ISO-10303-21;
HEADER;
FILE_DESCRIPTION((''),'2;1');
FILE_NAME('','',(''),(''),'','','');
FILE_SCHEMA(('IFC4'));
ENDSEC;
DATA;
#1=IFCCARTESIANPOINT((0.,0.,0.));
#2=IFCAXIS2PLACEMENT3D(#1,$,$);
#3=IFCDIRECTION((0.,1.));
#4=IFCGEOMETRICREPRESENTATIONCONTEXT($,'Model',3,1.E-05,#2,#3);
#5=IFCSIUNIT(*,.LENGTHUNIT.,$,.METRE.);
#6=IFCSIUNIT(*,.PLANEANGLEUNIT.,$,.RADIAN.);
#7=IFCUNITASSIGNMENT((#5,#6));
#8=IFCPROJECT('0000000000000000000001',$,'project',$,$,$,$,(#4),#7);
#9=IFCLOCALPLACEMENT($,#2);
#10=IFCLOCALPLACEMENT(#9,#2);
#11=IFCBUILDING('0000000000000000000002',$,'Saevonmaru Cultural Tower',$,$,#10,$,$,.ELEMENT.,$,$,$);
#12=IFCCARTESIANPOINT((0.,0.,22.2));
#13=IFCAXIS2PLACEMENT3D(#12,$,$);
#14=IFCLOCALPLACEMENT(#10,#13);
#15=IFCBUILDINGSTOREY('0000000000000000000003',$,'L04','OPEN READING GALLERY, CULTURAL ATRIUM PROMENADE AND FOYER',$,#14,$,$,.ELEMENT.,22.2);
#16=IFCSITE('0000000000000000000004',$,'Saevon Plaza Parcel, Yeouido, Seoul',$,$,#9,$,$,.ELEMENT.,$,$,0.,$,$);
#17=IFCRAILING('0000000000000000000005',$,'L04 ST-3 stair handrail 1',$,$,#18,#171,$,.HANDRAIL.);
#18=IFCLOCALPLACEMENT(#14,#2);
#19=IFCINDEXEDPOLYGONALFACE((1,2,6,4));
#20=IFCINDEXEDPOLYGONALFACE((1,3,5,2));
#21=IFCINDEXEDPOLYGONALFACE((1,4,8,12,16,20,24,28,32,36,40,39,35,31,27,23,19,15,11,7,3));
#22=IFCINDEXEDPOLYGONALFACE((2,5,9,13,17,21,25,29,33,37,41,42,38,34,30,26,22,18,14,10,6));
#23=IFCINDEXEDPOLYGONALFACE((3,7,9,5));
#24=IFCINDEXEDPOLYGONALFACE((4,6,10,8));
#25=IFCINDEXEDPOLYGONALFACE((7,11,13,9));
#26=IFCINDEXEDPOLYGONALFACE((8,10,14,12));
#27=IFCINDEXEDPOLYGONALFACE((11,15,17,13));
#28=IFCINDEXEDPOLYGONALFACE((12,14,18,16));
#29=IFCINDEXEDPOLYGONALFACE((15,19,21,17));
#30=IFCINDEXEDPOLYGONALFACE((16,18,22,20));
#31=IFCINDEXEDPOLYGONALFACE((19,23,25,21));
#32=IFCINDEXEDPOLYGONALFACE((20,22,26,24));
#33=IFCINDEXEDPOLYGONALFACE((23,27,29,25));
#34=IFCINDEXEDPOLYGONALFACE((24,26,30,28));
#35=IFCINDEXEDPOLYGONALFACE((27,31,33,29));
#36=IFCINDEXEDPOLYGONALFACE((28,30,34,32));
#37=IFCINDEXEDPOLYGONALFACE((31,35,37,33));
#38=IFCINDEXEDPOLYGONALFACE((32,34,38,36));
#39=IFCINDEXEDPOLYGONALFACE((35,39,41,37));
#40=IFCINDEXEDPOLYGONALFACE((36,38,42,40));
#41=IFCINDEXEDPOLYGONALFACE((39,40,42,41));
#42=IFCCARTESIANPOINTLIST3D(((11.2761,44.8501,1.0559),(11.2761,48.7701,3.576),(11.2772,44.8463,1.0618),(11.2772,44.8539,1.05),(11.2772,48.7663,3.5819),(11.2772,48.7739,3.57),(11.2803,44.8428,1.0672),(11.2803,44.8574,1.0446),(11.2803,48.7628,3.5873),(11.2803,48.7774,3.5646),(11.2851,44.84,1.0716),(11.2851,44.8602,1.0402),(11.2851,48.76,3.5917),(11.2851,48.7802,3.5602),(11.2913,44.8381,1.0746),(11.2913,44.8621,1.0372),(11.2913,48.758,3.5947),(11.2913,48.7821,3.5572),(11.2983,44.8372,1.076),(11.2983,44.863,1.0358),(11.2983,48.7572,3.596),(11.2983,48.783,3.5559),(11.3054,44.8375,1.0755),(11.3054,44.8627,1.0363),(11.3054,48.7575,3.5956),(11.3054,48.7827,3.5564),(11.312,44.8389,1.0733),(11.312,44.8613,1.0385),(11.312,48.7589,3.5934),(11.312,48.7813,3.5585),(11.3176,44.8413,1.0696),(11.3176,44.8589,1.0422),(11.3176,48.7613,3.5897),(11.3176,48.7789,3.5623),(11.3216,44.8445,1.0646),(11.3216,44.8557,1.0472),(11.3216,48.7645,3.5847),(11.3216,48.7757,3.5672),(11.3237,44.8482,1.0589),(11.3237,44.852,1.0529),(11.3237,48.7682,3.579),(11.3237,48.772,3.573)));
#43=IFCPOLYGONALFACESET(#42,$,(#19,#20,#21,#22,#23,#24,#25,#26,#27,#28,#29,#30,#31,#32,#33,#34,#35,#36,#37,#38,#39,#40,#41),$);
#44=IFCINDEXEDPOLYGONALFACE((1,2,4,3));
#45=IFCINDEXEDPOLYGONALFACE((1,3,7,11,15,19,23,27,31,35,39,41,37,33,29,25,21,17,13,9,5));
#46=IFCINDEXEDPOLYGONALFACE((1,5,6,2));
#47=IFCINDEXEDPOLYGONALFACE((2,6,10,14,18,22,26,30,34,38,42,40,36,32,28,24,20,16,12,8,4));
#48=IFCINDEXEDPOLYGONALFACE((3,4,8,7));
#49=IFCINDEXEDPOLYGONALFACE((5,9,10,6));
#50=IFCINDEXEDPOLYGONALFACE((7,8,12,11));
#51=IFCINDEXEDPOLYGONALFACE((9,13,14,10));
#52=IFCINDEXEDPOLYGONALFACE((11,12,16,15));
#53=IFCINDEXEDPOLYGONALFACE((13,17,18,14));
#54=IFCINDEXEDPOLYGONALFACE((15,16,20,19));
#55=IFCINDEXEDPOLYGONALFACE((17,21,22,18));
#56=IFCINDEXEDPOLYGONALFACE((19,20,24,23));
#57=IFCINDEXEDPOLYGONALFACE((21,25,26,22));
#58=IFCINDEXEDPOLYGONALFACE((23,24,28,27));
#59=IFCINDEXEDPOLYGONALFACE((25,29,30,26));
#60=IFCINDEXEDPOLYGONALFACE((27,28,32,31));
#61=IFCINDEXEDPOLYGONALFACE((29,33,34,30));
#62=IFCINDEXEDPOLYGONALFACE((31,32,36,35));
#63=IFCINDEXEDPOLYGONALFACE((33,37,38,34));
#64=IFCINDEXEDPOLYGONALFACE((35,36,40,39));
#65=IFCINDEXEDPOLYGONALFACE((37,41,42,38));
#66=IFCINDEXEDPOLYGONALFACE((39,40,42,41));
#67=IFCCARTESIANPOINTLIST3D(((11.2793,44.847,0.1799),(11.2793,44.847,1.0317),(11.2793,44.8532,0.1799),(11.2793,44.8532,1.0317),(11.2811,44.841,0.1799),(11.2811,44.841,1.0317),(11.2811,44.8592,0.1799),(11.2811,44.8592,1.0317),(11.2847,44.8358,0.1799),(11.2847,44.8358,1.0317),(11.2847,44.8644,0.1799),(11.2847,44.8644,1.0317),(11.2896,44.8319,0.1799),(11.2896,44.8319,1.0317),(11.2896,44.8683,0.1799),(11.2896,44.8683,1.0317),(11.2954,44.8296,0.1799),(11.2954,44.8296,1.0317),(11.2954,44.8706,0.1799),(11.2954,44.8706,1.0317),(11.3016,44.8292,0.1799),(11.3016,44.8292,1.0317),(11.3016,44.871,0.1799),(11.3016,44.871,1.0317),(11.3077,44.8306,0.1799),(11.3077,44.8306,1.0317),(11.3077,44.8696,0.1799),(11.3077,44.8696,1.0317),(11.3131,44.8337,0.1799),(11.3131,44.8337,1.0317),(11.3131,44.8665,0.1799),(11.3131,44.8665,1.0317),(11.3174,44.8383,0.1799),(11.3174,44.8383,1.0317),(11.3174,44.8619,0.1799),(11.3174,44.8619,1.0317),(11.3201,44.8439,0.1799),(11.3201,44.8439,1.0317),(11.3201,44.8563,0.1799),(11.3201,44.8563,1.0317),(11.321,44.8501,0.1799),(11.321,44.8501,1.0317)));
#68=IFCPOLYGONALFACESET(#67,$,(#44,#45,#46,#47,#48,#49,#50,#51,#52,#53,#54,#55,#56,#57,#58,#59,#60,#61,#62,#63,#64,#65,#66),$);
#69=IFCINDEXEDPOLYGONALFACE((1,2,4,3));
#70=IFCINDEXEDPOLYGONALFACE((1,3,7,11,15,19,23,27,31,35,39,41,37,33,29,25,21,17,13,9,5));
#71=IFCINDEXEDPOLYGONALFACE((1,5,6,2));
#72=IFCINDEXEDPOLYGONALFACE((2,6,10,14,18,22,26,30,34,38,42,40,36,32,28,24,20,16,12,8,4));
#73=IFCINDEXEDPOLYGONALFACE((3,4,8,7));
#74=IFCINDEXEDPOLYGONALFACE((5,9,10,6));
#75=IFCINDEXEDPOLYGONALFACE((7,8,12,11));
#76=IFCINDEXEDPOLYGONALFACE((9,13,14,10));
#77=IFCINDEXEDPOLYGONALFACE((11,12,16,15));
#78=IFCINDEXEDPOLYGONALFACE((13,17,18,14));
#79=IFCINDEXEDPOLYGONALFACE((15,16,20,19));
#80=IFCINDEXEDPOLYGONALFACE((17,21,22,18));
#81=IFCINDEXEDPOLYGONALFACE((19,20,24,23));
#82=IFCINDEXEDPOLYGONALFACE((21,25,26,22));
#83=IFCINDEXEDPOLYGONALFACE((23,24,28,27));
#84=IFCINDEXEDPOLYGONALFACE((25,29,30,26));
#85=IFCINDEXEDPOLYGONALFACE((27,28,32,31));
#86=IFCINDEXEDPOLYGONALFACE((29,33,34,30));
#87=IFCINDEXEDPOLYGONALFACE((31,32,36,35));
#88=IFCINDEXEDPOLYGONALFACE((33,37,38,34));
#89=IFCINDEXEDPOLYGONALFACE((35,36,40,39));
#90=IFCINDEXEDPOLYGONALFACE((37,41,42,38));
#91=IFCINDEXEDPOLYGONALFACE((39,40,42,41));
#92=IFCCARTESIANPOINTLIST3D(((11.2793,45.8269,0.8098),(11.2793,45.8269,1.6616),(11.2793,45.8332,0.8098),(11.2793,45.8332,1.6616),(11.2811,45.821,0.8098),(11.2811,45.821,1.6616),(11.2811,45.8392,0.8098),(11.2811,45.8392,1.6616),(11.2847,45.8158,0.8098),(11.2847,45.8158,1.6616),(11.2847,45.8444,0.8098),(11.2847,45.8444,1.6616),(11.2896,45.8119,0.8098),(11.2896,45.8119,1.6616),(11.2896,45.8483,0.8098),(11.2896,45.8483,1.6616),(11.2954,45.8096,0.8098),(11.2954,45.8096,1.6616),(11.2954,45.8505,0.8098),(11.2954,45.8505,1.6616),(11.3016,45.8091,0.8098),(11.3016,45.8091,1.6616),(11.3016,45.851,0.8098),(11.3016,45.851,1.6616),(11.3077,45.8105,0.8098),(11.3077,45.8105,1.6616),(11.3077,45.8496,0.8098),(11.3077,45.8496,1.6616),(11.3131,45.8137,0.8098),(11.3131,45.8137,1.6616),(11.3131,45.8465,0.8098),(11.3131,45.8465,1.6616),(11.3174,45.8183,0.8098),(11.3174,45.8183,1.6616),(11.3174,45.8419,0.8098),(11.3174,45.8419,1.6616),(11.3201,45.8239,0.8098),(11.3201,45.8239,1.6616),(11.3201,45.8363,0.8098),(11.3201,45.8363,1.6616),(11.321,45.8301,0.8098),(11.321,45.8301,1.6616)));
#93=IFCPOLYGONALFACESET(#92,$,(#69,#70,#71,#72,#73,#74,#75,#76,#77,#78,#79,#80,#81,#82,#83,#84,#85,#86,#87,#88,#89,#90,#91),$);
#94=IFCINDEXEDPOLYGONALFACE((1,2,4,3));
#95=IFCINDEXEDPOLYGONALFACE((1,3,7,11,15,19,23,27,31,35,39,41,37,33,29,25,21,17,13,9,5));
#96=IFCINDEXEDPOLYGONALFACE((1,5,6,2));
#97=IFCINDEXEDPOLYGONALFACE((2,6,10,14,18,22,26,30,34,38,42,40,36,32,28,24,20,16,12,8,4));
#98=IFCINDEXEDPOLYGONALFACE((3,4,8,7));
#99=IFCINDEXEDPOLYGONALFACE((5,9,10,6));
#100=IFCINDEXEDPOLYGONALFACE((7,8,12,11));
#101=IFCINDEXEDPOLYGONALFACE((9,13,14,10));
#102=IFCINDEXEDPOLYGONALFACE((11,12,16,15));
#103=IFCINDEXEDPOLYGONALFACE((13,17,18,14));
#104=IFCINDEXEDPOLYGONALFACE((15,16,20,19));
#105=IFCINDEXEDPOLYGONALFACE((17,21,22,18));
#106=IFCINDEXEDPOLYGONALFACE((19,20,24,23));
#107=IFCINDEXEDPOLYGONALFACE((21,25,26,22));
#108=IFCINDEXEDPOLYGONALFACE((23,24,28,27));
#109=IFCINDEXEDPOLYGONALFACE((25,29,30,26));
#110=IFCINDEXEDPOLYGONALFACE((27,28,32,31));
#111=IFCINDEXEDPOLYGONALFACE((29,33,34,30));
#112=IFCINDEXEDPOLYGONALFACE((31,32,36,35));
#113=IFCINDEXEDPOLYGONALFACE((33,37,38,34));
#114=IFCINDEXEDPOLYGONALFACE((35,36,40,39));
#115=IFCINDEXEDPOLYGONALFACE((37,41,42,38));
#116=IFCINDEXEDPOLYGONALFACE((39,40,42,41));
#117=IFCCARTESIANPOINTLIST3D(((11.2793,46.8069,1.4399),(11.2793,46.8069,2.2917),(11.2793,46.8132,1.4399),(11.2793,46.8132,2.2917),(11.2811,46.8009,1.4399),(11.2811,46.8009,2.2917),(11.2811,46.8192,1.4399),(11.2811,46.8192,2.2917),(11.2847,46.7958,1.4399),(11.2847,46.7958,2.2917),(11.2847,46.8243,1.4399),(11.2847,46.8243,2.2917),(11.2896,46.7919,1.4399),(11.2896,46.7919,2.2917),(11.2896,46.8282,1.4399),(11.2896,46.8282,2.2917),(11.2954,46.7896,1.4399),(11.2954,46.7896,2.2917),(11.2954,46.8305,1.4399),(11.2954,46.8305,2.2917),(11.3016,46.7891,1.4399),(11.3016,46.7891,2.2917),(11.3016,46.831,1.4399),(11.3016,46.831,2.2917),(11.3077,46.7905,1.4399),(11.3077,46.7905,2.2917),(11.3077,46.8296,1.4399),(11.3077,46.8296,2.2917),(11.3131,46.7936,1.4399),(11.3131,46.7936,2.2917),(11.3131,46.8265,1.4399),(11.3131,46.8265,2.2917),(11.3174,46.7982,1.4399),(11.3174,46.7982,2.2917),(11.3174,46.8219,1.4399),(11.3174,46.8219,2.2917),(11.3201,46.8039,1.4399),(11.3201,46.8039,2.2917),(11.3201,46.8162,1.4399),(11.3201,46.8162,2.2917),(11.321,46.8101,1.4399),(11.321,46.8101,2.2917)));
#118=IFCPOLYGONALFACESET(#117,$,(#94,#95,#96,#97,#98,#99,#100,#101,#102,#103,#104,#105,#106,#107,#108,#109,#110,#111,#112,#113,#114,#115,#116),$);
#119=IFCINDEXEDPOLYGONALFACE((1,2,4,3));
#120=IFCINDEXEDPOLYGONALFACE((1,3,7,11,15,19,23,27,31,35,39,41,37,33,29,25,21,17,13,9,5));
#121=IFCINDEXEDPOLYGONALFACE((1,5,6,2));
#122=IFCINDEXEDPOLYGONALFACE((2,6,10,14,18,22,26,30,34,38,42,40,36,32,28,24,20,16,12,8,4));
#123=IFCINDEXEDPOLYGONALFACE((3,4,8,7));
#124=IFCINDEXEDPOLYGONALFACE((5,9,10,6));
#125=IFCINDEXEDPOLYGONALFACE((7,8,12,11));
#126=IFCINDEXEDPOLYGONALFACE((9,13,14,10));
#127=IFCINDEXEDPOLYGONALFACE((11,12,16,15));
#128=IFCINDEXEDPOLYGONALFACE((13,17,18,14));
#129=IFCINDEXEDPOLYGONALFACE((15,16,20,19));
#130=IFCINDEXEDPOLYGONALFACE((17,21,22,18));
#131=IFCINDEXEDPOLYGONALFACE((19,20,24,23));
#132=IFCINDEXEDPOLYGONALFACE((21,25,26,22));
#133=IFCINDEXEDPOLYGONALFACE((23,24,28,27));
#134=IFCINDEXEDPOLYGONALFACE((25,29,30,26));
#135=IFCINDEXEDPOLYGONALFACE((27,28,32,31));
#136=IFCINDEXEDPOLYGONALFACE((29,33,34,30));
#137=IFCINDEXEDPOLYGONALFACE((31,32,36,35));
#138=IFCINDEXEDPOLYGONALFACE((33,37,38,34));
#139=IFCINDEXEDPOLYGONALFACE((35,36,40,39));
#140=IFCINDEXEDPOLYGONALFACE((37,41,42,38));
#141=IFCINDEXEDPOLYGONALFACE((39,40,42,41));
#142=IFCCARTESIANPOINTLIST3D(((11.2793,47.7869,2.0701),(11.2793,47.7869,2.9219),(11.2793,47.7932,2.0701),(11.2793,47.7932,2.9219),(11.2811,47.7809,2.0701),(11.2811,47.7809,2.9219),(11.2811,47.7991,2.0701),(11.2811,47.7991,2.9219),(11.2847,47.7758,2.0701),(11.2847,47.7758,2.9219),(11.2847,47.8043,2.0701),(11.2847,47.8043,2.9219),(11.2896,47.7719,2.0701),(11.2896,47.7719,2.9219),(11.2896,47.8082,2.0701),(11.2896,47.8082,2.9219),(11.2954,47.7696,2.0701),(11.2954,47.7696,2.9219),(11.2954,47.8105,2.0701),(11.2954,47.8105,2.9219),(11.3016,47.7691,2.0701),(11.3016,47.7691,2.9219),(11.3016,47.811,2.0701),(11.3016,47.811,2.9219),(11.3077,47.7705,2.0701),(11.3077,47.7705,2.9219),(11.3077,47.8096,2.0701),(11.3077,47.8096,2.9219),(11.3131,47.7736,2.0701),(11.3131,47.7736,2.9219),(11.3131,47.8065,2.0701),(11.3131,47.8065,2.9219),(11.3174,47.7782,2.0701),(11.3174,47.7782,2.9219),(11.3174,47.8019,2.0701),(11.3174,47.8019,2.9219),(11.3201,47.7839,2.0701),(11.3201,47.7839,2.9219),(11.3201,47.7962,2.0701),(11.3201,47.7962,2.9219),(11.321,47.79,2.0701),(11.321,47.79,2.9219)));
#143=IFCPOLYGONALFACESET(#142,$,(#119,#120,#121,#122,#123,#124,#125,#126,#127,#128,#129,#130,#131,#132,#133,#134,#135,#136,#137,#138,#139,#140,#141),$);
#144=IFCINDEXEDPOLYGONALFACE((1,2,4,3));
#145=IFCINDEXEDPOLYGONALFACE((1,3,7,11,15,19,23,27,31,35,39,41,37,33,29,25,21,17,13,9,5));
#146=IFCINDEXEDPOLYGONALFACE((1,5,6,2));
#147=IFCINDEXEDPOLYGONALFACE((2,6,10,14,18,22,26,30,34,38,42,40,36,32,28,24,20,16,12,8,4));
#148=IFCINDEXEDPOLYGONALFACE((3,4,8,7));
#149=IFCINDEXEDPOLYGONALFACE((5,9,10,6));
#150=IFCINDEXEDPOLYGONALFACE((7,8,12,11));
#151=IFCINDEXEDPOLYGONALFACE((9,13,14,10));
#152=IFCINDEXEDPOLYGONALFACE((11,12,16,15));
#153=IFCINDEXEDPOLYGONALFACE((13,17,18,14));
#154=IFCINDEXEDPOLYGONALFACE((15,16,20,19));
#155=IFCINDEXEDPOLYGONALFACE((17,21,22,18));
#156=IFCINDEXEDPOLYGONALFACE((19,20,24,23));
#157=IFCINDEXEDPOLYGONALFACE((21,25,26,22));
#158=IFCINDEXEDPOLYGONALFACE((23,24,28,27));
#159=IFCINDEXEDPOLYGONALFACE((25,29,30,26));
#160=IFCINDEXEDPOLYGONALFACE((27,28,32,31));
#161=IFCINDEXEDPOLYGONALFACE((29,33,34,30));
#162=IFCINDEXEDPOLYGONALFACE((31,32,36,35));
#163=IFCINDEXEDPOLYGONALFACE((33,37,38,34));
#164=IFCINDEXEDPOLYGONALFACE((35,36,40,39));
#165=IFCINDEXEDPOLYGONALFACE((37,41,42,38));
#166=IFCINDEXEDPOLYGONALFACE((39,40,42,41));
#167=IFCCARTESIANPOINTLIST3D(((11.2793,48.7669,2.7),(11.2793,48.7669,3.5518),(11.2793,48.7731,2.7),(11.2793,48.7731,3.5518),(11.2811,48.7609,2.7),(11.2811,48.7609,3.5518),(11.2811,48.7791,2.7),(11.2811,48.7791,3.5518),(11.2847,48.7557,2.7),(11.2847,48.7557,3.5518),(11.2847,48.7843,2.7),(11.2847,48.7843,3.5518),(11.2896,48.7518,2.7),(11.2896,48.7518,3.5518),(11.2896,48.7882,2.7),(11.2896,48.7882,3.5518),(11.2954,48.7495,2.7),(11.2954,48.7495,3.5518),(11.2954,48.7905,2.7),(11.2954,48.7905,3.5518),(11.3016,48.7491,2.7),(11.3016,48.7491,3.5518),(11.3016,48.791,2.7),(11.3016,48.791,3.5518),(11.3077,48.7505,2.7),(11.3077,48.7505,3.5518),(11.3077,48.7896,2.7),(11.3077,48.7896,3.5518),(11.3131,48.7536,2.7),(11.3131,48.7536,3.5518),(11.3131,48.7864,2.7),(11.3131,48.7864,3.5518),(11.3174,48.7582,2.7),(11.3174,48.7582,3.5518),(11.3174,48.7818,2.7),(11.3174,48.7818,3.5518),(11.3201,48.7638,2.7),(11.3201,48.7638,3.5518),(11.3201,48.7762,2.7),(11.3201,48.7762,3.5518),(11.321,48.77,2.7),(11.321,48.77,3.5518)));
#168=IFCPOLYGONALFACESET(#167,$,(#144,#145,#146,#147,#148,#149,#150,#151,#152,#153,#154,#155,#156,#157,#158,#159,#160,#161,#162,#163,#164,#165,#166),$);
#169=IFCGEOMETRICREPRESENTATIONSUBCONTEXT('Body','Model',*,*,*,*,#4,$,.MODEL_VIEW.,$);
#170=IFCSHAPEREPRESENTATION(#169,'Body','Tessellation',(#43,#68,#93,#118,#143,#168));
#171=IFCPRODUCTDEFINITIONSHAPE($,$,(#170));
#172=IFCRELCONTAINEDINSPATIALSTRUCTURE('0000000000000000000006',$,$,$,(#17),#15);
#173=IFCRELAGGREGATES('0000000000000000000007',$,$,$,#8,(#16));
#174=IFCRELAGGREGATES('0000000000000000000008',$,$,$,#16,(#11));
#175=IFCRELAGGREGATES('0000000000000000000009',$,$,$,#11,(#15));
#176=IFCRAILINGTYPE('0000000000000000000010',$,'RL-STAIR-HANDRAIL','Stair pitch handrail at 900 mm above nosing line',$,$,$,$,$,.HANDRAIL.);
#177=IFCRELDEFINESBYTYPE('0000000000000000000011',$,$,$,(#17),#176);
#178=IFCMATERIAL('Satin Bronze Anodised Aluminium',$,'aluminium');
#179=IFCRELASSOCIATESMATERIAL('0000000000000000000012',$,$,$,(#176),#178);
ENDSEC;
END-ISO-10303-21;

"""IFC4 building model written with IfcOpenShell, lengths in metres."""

from ifc_helpers import new_model, si_unit, direction, frame, origin, origin_2d, place, context, subcontext, project, spatial, circle, extrude, material, type_object, element, save


model = new_model("IFC4")

# Units and contexts
model_context = context("Model", 3, precision=1e-05, world=origin(), true_north=direction((0.0, 1.0)))
body_context = subcontext(model_context, "Body", "Model", "MODEL_VIEW")
ifc_project = project(units=[si_unit("LENGTHUNIT", "METRE"), si_unit("PLANEANGLEUNIT", "RADIAN")], contexts=[model_context])

# Site, building, storey
site_placement = place(None, origin())
site = spatial("IfcSite", under=ifc_project, at=site_placement, Name="Saevon Plaza Parcel, Yeouido, Seoul", CompositionType="ELEMENT", RefElevation=0.0)
building_placement = place(site_placement, origin())
building = spatial("IfcBuilding", under=site, at=building_placement, Name="Saevonmaru Cultural Tower", CompositionType="ELEMENT")
storey_placement = place(building_placement, frame((0.0, 0.0, 22.2)))
storey = spatial("IfcBuildingStorey", under=building, at=storey_placement, Name="L04", Description="OPEN READING GALLERY, CULTURAL ATRIUM PROMENADE AND FOYER", CompositionType="ELEMENT", Elevation=22.2)

# Shared definitions
ifc_material_1 = material(Name="Satin Bronze Anodised Aluminium", Category="aluminium")

# Railing
railing_type_1 = type_object("IfcRailingType", Name="RL-STAIR-HANDRAIL", Description="Stair pitch handrail at 900 mm above nosing line", PredefinedType="HANDRAIL", material=ifc_material_1)
railing_1_placement = place(storey_placement, frame((11.3, 44.8501, 0.1799)))
element("IfcRailing", 1, at=railing_1_placement, inside=storey, type_object=railing_type_1, Name="L04 ST-3 stair handrail 1", PredefinedType="HANDRAIL", context=body_context, shape_type="SweptSolid", body=[
    extrude(circle(Radius=0.0239, at=origin_2d()), frame((0.0, 0.0, 0.876), z_axis=(0.0, 0.841172, 0.540768), x_axis=(-1.0, 0.0, 0.0)), (0.0, 0.0, 1.0), 4.6602),
    extrude(circle(Radius=0.021, at=origin_2d()), origin(), (0.0, 0.0, 1.0), 0.8518),
    extrude(circle(Radius=0.021, at=origin_2d()), frame((0.0, 0.98, 0.6299)), (0.0, 0.0, 1.0), 0.8518),
    extrude(circle(Radius=0.021, at=origin_2d()), frame((0.0, 1.96, 1.26)), (0.0, 0.0, 1.0), 0.8518),
    extrude(circle(Radius=0.021, at=origin_2d()), frame((0.0, 2.9399, 1.8901)), (0.0, 0.0, 1.0), 0.8518),
    extrude(circle(Radius=0.021, at=origin_2d()), frame((0.0, 3.9199, 2.52)), (0.0, 0.0, 1.0), 0.8518),
])

save(model, "model.ifc")
